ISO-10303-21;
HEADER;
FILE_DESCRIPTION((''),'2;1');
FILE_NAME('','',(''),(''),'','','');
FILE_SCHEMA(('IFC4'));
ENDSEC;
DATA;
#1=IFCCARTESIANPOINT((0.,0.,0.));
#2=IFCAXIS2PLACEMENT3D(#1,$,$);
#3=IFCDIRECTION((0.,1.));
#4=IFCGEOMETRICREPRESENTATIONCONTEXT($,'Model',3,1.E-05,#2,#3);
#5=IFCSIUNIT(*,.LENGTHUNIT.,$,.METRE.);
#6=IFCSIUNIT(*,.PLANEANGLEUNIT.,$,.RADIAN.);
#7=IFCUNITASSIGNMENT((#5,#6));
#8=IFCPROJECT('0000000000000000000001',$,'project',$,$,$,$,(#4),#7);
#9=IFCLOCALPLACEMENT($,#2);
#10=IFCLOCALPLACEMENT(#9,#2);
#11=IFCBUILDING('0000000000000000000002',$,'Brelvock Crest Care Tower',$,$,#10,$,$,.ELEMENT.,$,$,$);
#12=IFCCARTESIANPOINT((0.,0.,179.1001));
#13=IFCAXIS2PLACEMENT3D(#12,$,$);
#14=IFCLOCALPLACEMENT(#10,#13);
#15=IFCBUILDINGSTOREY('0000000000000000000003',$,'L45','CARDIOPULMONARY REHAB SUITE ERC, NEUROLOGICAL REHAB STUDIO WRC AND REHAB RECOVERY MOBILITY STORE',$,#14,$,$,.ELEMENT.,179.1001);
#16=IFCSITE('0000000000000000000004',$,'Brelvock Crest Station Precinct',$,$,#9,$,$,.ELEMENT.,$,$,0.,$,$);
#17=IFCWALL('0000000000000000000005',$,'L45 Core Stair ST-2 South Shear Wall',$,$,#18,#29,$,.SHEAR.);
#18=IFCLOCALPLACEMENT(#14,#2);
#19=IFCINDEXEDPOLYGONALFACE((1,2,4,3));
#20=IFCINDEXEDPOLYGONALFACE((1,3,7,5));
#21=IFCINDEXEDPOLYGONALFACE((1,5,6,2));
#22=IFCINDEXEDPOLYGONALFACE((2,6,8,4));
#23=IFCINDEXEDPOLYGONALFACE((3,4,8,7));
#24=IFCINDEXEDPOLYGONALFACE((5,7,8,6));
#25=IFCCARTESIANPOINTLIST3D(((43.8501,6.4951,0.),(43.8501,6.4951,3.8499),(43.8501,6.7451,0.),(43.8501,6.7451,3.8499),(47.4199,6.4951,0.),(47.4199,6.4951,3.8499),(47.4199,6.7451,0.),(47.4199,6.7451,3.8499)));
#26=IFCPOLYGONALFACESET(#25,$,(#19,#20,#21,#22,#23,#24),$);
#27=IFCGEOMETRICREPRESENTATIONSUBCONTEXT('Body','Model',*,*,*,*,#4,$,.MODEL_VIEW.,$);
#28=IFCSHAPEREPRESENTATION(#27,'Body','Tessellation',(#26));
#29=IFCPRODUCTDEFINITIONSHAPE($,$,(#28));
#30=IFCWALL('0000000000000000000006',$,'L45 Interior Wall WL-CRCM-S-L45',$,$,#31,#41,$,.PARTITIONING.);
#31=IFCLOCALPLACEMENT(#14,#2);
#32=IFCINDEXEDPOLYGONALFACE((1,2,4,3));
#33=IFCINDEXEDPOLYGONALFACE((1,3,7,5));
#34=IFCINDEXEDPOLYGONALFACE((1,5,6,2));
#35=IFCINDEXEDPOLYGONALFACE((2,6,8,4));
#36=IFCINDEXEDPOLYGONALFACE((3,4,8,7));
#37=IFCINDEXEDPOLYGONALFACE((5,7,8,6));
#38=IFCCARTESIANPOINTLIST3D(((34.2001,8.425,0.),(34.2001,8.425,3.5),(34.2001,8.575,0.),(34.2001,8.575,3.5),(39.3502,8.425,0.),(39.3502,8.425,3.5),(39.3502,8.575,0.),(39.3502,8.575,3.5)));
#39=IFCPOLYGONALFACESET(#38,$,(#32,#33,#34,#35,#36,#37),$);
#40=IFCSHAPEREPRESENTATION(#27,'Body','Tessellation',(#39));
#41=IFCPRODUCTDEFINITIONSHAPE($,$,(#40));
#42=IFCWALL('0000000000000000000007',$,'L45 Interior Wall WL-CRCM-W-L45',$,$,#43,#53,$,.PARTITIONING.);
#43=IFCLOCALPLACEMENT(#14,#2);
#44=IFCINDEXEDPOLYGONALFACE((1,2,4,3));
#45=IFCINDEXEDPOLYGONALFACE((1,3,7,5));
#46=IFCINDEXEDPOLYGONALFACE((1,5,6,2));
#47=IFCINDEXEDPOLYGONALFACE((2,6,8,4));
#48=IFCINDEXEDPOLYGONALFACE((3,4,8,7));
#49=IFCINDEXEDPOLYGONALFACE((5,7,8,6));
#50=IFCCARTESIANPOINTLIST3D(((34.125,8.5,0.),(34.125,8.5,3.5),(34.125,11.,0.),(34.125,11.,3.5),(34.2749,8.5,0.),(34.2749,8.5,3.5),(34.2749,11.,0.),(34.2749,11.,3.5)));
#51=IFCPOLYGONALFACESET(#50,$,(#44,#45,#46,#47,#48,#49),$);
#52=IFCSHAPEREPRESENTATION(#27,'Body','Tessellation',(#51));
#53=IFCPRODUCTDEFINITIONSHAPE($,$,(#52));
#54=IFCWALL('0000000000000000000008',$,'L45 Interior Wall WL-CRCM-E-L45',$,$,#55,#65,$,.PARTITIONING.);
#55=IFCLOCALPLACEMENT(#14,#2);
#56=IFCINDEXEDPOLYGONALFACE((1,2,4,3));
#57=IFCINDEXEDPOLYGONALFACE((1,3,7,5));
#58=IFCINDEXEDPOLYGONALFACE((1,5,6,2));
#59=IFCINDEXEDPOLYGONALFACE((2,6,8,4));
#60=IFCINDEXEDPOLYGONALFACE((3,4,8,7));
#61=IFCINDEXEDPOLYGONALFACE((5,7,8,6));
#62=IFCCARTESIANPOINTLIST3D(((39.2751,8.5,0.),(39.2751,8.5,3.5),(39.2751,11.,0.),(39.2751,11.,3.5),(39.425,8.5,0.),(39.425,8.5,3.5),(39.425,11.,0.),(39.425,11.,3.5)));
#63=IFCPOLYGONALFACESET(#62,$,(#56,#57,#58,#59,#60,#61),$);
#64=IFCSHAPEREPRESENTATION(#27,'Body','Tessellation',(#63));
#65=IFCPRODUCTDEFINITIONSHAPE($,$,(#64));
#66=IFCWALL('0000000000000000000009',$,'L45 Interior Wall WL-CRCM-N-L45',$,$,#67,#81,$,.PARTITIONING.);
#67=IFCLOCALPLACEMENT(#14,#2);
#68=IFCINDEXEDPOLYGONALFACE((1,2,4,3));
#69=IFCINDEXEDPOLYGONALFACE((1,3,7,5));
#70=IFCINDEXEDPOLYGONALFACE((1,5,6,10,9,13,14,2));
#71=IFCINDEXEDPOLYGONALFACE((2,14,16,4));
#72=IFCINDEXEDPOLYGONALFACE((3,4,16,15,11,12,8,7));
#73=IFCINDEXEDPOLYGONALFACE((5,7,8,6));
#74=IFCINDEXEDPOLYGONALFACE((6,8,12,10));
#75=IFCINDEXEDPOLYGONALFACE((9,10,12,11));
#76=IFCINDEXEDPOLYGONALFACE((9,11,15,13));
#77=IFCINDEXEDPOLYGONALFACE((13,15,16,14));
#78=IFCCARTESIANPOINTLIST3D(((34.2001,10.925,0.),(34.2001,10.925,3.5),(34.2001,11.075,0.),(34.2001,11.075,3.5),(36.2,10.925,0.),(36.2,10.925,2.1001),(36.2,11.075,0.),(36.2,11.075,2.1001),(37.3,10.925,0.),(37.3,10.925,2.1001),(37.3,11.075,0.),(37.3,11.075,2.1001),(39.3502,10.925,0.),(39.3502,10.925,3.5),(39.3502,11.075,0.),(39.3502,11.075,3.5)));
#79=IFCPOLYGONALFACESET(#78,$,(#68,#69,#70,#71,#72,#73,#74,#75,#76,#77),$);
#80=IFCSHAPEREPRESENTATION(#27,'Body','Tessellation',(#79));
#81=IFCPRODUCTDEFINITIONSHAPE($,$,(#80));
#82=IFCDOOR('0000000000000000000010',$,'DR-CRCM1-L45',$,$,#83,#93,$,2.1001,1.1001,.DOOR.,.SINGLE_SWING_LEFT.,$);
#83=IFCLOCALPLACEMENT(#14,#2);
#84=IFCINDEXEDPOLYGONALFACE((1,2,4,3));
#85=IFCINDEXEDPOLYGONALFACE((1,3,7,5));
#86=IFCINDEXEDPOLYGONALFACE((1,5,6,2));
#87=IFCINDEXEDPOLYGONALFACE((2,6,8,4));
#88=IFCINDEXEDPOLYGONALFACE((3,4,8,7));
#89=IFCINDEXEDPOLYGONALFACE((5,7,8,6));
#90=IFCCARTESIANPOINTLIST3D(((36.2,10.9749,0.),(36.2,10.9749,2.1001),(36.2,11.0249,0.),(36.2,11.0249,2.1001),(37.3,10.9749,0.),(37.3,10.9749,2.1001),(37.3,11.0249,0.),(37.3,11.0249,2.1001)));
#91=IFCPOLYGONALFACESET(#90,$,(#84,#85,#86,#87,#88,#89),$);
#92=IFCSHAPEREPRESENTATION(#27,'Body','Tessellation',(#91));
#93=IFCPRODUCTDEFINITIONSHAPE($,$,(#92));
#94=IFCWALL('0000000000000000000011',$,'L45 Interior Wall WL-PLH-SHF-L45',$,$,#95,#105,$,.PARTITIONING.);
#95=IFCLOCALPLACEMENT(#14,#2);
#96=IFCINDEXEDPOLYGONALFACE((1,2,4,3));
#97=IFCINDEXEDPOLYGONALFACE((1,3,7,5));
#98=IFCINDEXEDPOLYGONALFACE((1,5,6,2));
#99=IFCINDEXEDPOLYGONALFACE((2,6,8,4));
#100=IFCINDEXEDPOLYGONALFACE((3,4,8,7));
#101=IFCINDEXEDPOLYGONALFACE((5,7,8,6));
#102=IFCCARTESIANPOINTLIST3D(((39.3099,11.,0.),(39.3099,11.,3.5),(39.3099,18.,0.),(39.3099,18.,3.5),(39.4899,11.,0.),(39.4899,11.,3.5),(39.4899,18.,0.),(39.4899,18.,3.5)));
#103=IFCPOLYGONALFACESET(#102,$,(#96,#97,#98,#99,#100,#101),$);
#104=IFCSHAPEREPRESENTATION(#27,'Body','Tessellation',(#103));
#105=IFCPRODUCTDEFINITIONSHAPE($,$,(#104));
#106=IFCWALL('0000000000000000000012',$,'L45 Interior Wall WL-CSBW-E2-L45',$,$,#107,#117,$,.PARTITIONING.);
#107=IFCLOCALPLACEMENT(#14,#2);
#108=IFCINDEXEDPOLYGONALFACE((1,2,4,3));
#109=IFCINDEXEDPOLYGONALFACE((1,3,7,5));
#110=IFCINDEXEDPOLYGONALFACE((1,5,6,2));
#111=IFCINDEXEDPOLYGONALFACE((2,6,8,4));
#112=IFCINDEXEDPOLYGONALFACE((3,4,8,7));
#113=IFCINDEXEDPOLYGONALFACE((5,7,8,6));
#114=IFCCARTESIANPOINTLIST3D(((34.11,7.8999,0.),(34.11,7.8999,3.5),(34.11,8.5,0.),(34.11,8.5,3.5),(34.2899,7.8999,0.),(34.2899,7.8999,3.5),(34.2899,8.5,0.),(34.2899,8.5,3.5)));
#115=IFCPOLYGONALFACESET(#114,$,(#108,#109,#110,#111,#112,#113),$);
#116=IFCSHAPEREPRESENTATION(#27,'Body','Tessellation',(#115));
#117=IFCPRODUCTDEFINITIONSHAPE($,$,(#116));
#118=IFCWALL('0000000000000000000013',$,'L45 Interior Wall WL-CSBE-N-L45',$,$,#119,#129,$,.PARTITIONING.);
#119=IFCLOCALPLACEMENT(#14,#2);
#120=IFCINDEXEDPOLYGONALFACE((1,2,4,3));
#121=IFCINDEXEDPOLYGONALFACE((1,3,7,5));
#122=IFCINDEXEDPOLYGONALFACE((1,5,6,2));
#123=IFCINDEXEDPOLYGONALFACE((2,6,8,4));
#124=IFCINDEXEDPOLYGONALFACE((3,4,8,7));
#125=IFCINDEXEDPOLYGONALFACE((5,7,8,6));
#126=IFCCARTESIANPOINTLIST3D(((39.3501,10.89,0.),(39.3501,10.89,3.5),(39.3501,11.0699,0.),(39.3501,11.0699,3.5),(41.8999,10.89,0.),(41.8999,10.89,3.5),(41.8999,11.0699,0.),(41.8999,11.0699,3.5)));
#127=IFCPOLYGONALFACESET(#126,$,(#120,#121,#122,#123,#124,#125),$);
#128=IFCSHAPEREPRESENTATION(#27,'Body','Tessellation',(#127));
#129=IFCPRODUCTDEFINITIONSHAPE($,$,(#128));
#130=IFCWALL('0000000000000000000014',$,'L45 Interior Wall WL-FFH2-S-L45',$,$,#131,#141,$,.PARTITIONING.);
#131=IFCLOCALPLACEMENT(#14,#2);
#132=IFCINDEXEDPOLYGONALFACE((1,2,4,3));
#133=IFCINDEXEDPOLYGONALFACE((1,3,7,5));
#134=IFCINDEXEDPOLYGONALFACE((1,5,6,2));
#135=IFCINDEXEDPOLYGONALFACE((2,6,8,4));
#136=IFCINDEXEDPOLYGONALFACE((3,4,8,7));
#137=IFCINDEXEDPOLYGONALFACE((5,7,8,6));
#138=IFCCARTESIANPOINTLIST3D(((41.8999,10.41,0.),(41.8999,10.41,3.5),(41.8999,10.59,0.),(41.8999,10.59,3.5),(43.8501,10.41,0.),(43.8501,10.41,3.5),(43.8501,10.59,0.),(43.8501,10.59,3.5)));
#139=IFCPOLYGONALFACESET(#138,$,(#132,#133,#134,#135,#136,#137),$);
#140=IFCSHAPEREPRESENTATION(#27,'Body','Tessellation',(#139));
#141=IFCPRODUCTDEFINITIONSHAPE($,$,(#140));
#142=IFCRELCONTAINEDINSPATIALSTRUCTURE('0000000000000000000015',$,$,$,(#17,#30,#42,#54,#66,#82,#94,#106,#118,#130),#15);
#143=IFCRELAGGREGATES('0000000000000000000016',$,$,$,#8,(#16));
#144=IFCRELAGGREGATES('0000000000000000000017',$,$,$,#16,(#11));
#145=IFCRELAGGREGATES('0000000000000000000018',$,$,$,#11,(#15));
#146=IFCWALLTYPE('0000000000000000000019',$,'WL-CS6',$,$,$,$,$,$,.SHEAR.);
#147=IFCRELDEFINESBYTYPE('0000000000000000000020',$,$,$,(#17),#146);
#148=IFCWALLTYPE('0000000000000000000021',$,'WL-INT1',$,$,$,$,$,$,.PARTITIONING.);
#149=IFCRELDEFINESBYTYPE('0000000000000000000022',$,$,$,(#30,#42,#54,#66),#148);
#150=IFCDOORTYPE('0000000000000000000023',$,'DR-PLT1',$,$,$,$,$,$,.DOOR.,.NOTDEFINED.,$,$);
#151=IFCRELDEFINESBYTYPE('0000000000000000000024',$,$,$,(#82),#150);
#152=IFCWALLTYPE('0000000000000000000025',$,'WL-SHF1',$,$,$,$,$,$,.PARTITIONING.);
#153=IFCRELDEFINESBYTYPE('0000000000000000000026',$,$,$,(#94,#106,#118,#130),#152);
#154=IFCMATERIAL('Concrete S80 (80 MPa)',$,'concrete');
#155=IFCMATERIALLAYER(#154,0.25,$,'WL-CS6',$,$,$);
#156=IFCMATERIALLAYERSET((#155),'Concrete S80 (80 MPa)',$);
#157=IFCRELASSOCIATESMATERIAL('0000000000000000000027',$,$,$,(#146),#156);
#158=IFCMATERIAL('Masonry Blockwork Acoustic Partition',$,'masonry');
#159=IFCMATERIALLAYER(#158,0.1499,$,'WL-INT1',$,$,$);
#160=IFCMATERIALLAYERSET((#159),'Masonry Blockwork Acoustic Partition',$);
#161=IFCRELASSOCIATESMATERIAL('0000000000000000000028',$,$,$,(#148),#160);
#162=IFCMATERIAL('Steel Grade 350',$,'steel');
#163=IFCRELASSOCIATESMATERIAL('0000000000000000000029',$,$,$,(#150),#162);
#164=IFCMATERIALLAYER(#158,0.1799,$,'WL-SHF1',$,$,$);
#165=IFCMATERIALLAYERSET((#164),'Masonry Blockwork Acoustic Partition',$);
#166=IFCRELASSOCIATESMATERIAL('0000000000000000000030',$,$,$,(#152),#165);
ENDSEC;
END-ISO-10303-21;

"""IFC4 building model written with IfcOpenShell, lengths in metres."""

from ifc_helpers import new_model, si_unit, direction, frame, frame_2d, origin, origin_2d, place, context, subcontext, project, spatial, rectangle, extrude, source, transform, mapped, material, layer, layer_set, type_object, element, fill, save


model = new_model("IFC4")

# Units and contexts
model_context = context("Model", 3, precision=1e-05, world=origin(), true_north=direction((0.0, 1.0)))
body_context = subcontext(model_context, "Body", "Model", "MODEL_VIEW")
ifc_project = project(units=[si_unit("LENGTHUNIT", "METRE"), si_unit("PLANEANGLEUNIT", "RADIAN")], contexts=[model_context])

# Site, building, storey
site_placement = place(None, origin())
site = spatial("IfcSite", under=ifc_project, at=site_placement, Name="Brelvock Crest Station Precinct", CompositionType="ELEMENT", RefElevation=0.0)
building_placement = place(site_placement, origin())
building = spatial("IfcBuilding", under=site, at=building_placement, Name="Brelvock Crest Care Tower", CompositionType="ELEMENT")
storey_placement = place(building_placement, frame((0.0, 0.0, 179.1001)))
storey = spatial("IfcBuildingStorey", under=building, at=storey_placement, Name="L45", Description="CARDIOPULMONARY REHAB SUITE ERC, NEUROLOGICAL REHAB STUDIO WRC AND REHAB RECOVERY MOBILITY STORE", CompositionType="ELEMENT", Elevation=179.1001)

# Shared definitions
ifc_material_1 = material(Name="Steel Grade 350", Category="steel")

# Walls
ifc_material_2 = material(Name="Concrete S80 (80 MPa)", Category="concrete")
ifc_layer_1 = layer(ifc_material_2, 0.25, Name="WL-CS6")
ifc_layer_set_1 = layer_set([ifc_layer_1], Name="Concrete S80 (80 MPa)")
wall_type_1 = type_object("IfcWallType", Name="WL-CS6", PredefinedType="SHEAR", material=ifc_layer_set_1)
wall_1_placement = place(storey_placement, frame((43.8501, 6.6201, 0.0), z_axis=(0.0, 0.0, 1.0), x_axis=(1.0, 0.0, 0.0)))
element("IfcWall", 1, at=wall_1_placement, inside=storey, type_object=wall_type_1, Name="L45 Core Stair ST-2 South Shear Wall", PredefinedType="SHEAR", context=body_context, shape_type="SweptSolid", body=[
    extrude(rectangle(XDim=3.5698, YDim=0.25, at=frame_2d((1.7849, 0.0))), origin(), (0.0, 0.0, 1.0), 3.8499),
])
ifc_material_3 = material(Name="Masonry Blockwork Acoustic Partition", Category="masonry")
ifc_layer_2 = layer(ifc_material_3, 0.1499, Name="WL-INT1")
ifc_layer_set_2 = layer_set([ifc_layer_2], Name="Masonry Blockwork Acoustic Partition")
wall_type_2 = type_object("IfcWallType", Name="WL-INT1", PredefinedType="PARTITIONING", material=ifc_layer_set_2)
wall_2_placement = place(storey_placement, frame((34.2, 8.5, 0.0), z_axis=(0.0, 0.0, 1.0), x_axis=(1.0, 0.0, 0.0)))
element("IfcWall", 2, at=wall_2_placement, inside=storey, type_object=wall_type_2, Name="L45 Interior Wall WL-CRCM-S-L45", PredefinedType="PARTITIONING", context=body_context, shape_type="SweptSolid", body=[
    extrude(rectangle(XDim=5.1501, YDim=0.1499, at=frame_2d((2.5752, 0.0))), origin(), (0.0, 0.0, 1.0), 3.5),
])
for number, where, z_axis, x_axis, name in (
    (3, (34.2, 8.5, 0.0), (0.0, 0.0, 1.0), (0.0, 1.0, 0.0), "L45 Interior Wall WL-CRCM-W-L45"),
    (4, (39.3501, 8.5, 0.0), (0.0, 0.0, 1.0), (0.0, 1.0, 0.0), "L45 Interior Wall WL-CRCM-E-L45"),
):
    element("IfcWall", number, at=place(storey_placement, frame(where, z_axis=z_axis, x_axis=x_axis)), inside=storey, type_object=wall_type_2, Name=name, PredefinedType="PARTITIONING", context=body_context, shape_type="SweptSolid", body=[
        extrude(rectangle(XDim=2.5, YDim=0.1499, at=frame_2d((1.25, 0.0))), origin(), (0.0, 0.0, 1.0), 3.5),
    ])

# Wall, opening, door
wall_3_placement = place(storey_placement, frame((34.2, 11.0, 0.0), z_axis=(0.0, 0.0, 1.0), x_axis=(1.0, 0.0, 0.0)))
wall_3 = element("IfcWall", 5, at=wall_3_placement, inside=storey, type_object=wall_type_2, Name="L45 Interior Wall WL-CRCM-N-L45", PredefinedType="PARTITIONING", context=body_context, shape_type="SweptSolid", body=[
    extrude(rectangle(XDim=5.1501, YDim=0.1499, at=frame_2d((2.5752, 0.0))), origin(), (0.0, 0.0, 1.0), 3.5),
])
opening_placement = place(wall_3_placement, frame((2.0, 0.0, 0.0)))
opening = element("IfcOpeningElement", 6, at=opening_placement, cuts=wall_3, PredefinedType="OPENING", context=body_context, shape_type="SweptSolid", body=[
    extrude(rectangle(XDim=1.1001, YDim=2.1001, at=origin_2d()), frame((0.55, 0.085, 1.05), z_axis=(0.0, -1.0, 0.0), x_axis=(1.0, 0.0, 0.0)), (0.0, 0.0, 1.0), 0.1699),
])
door_type = type_object("IfcDoorType", Name="DR-PLT1", OperationType="NOTDEFINED", PredefinedType="DOOR", material=ifc_material_1)
shared_shape_1 = source(origin(), body_context, "Body", "SweptSolid", [
    extrude(rectangle(XDim=1.1001, YDim=2.1001, at=origin_2d()), frame((0.55, 0.0249, 1.05), z_axis=(0.0, -1.0, 0.0), x_axis=(1.0, 0.0, 0.0)), (0.0, 0.0, 1.0), 0.05),
])
door_placement = place(opening_placement, origin())
door = element("IfcDoor", 7, at=door_placement, inside=storey, type_object=door_type, Name="DR-CRCM1-L45", OperationType="SINGLE_SWING_LEFT", OverallHeight=2.1001, OverallWidth=1.1001, PredefinedType="DOOR", context=body_context, shape_type="MappedRepresentation", body=[
    mapped(shared_shape_1, transform((0.0, 0.0, 0.0), x_axis=(1.0, 0.0, 0.0), y_axis=(0.0, 1.0, 0.0), z_axis=(0.0, 0.0, 1.0), scale=1.0)),
])
fill(opening, door)

# Walls
ifc_layer_3 = layer(ifc_material_3, 0.1799, Name="WL-SHF1")
ifc_layer_set_3 = layer_set([ifc_layer_3], Name="Masonry Blockwork Acoustic Partition")
wall_type_3 = type_object("IfcWallType", Name="WL-SHF1", PredefinedType="PARTITIONING", material=ifc_layer_set_3)
wall_4_placement = place(storey_placement, frame((39.3999, 11.0, 0.0), z_axis=(0.0, 0.0, 1.0), x_axis=(0.0, 1.0, 0.0)))
element("IfcWall", 8, at=wall_4_placement, inside=storey, type_object=wall_type_3, Name="L45 Interior Wall WL-PLH-SHF-L45", PredefinedType="PARTITIONING", context=body_context, shape_type="SweptSolid", body=[
    extrude(rectangle(XDim=7.0, YDim=0.1799, at=frame_2d((3.5, 0.0))), origin(), (0.0, 0.0, 1.0), 3.5),
])
wall_5_placement = place(storey_placement, frame((34.2, 7.8999, 0.0), z_axis=(0.0, 0.0, 1.0), x_axis=(0.0, 1.0, 0.0)))
element("IfcWall", 9, at=wall_5_placement, inside=storey, type_object=wall_type_3, Name="L45 Interior Wall WL-CSBW-E2-L45", PredefinedType="PARTITIONING", context=body_context, shape_type="SweptSolid", body=[
    extrude(rectangle(XDim=0.6001, YDim=0.1799, at=frame_2d((0.3, 0.0))), origin(), (0.0, 0.0, 1.0), 3.5),
])
wall_6_placement = place(storey_placement, frame((39.3501, 10.98, 0.0), z_axis=(0.0, 0.0, 1.0), x_axis=(1.0, 0.0, 0.0)))
element("IfcWall", 10, at=wall_6_placement, inside=storey, type_object=wall_type_3, Name="L45 Interior Wall WL-CSBE-N-L45", PredefinedType="PARTITIONING", context=body_context, shape_type="SweptSolid", body=[
    extrude(rectangle(XDim=2.5498, YDim=0.1799, at=frame_2d((1.2749, 0.0))), origin(), (0.0, 0.0, 1.0), 3.5),
])
wall_7_placement = place(storey_placement, frame((41.8999, 10.5, 0.0), z_axis=(0.0, 0.0, 1.0), x_axis=(1.0, 0.0, 0.0)))
element("IfcWall", 11, at=wall_7_placement, inside=storey, type_object=wall_type_3, Name="L45 Interior Wall WL-FFH2-S-L45", PredefinedType="PARTITIONING", context=body_context, shape_type="SweptSolid", body=[
    extrude(rectangle(XDim=1.9502, YDim=0.1799, at=frame_2d((0.9751, 0.0))), origin(), (0.0, 0.0, 1.0), 3.5),
])

save(model, "model.ifc")
